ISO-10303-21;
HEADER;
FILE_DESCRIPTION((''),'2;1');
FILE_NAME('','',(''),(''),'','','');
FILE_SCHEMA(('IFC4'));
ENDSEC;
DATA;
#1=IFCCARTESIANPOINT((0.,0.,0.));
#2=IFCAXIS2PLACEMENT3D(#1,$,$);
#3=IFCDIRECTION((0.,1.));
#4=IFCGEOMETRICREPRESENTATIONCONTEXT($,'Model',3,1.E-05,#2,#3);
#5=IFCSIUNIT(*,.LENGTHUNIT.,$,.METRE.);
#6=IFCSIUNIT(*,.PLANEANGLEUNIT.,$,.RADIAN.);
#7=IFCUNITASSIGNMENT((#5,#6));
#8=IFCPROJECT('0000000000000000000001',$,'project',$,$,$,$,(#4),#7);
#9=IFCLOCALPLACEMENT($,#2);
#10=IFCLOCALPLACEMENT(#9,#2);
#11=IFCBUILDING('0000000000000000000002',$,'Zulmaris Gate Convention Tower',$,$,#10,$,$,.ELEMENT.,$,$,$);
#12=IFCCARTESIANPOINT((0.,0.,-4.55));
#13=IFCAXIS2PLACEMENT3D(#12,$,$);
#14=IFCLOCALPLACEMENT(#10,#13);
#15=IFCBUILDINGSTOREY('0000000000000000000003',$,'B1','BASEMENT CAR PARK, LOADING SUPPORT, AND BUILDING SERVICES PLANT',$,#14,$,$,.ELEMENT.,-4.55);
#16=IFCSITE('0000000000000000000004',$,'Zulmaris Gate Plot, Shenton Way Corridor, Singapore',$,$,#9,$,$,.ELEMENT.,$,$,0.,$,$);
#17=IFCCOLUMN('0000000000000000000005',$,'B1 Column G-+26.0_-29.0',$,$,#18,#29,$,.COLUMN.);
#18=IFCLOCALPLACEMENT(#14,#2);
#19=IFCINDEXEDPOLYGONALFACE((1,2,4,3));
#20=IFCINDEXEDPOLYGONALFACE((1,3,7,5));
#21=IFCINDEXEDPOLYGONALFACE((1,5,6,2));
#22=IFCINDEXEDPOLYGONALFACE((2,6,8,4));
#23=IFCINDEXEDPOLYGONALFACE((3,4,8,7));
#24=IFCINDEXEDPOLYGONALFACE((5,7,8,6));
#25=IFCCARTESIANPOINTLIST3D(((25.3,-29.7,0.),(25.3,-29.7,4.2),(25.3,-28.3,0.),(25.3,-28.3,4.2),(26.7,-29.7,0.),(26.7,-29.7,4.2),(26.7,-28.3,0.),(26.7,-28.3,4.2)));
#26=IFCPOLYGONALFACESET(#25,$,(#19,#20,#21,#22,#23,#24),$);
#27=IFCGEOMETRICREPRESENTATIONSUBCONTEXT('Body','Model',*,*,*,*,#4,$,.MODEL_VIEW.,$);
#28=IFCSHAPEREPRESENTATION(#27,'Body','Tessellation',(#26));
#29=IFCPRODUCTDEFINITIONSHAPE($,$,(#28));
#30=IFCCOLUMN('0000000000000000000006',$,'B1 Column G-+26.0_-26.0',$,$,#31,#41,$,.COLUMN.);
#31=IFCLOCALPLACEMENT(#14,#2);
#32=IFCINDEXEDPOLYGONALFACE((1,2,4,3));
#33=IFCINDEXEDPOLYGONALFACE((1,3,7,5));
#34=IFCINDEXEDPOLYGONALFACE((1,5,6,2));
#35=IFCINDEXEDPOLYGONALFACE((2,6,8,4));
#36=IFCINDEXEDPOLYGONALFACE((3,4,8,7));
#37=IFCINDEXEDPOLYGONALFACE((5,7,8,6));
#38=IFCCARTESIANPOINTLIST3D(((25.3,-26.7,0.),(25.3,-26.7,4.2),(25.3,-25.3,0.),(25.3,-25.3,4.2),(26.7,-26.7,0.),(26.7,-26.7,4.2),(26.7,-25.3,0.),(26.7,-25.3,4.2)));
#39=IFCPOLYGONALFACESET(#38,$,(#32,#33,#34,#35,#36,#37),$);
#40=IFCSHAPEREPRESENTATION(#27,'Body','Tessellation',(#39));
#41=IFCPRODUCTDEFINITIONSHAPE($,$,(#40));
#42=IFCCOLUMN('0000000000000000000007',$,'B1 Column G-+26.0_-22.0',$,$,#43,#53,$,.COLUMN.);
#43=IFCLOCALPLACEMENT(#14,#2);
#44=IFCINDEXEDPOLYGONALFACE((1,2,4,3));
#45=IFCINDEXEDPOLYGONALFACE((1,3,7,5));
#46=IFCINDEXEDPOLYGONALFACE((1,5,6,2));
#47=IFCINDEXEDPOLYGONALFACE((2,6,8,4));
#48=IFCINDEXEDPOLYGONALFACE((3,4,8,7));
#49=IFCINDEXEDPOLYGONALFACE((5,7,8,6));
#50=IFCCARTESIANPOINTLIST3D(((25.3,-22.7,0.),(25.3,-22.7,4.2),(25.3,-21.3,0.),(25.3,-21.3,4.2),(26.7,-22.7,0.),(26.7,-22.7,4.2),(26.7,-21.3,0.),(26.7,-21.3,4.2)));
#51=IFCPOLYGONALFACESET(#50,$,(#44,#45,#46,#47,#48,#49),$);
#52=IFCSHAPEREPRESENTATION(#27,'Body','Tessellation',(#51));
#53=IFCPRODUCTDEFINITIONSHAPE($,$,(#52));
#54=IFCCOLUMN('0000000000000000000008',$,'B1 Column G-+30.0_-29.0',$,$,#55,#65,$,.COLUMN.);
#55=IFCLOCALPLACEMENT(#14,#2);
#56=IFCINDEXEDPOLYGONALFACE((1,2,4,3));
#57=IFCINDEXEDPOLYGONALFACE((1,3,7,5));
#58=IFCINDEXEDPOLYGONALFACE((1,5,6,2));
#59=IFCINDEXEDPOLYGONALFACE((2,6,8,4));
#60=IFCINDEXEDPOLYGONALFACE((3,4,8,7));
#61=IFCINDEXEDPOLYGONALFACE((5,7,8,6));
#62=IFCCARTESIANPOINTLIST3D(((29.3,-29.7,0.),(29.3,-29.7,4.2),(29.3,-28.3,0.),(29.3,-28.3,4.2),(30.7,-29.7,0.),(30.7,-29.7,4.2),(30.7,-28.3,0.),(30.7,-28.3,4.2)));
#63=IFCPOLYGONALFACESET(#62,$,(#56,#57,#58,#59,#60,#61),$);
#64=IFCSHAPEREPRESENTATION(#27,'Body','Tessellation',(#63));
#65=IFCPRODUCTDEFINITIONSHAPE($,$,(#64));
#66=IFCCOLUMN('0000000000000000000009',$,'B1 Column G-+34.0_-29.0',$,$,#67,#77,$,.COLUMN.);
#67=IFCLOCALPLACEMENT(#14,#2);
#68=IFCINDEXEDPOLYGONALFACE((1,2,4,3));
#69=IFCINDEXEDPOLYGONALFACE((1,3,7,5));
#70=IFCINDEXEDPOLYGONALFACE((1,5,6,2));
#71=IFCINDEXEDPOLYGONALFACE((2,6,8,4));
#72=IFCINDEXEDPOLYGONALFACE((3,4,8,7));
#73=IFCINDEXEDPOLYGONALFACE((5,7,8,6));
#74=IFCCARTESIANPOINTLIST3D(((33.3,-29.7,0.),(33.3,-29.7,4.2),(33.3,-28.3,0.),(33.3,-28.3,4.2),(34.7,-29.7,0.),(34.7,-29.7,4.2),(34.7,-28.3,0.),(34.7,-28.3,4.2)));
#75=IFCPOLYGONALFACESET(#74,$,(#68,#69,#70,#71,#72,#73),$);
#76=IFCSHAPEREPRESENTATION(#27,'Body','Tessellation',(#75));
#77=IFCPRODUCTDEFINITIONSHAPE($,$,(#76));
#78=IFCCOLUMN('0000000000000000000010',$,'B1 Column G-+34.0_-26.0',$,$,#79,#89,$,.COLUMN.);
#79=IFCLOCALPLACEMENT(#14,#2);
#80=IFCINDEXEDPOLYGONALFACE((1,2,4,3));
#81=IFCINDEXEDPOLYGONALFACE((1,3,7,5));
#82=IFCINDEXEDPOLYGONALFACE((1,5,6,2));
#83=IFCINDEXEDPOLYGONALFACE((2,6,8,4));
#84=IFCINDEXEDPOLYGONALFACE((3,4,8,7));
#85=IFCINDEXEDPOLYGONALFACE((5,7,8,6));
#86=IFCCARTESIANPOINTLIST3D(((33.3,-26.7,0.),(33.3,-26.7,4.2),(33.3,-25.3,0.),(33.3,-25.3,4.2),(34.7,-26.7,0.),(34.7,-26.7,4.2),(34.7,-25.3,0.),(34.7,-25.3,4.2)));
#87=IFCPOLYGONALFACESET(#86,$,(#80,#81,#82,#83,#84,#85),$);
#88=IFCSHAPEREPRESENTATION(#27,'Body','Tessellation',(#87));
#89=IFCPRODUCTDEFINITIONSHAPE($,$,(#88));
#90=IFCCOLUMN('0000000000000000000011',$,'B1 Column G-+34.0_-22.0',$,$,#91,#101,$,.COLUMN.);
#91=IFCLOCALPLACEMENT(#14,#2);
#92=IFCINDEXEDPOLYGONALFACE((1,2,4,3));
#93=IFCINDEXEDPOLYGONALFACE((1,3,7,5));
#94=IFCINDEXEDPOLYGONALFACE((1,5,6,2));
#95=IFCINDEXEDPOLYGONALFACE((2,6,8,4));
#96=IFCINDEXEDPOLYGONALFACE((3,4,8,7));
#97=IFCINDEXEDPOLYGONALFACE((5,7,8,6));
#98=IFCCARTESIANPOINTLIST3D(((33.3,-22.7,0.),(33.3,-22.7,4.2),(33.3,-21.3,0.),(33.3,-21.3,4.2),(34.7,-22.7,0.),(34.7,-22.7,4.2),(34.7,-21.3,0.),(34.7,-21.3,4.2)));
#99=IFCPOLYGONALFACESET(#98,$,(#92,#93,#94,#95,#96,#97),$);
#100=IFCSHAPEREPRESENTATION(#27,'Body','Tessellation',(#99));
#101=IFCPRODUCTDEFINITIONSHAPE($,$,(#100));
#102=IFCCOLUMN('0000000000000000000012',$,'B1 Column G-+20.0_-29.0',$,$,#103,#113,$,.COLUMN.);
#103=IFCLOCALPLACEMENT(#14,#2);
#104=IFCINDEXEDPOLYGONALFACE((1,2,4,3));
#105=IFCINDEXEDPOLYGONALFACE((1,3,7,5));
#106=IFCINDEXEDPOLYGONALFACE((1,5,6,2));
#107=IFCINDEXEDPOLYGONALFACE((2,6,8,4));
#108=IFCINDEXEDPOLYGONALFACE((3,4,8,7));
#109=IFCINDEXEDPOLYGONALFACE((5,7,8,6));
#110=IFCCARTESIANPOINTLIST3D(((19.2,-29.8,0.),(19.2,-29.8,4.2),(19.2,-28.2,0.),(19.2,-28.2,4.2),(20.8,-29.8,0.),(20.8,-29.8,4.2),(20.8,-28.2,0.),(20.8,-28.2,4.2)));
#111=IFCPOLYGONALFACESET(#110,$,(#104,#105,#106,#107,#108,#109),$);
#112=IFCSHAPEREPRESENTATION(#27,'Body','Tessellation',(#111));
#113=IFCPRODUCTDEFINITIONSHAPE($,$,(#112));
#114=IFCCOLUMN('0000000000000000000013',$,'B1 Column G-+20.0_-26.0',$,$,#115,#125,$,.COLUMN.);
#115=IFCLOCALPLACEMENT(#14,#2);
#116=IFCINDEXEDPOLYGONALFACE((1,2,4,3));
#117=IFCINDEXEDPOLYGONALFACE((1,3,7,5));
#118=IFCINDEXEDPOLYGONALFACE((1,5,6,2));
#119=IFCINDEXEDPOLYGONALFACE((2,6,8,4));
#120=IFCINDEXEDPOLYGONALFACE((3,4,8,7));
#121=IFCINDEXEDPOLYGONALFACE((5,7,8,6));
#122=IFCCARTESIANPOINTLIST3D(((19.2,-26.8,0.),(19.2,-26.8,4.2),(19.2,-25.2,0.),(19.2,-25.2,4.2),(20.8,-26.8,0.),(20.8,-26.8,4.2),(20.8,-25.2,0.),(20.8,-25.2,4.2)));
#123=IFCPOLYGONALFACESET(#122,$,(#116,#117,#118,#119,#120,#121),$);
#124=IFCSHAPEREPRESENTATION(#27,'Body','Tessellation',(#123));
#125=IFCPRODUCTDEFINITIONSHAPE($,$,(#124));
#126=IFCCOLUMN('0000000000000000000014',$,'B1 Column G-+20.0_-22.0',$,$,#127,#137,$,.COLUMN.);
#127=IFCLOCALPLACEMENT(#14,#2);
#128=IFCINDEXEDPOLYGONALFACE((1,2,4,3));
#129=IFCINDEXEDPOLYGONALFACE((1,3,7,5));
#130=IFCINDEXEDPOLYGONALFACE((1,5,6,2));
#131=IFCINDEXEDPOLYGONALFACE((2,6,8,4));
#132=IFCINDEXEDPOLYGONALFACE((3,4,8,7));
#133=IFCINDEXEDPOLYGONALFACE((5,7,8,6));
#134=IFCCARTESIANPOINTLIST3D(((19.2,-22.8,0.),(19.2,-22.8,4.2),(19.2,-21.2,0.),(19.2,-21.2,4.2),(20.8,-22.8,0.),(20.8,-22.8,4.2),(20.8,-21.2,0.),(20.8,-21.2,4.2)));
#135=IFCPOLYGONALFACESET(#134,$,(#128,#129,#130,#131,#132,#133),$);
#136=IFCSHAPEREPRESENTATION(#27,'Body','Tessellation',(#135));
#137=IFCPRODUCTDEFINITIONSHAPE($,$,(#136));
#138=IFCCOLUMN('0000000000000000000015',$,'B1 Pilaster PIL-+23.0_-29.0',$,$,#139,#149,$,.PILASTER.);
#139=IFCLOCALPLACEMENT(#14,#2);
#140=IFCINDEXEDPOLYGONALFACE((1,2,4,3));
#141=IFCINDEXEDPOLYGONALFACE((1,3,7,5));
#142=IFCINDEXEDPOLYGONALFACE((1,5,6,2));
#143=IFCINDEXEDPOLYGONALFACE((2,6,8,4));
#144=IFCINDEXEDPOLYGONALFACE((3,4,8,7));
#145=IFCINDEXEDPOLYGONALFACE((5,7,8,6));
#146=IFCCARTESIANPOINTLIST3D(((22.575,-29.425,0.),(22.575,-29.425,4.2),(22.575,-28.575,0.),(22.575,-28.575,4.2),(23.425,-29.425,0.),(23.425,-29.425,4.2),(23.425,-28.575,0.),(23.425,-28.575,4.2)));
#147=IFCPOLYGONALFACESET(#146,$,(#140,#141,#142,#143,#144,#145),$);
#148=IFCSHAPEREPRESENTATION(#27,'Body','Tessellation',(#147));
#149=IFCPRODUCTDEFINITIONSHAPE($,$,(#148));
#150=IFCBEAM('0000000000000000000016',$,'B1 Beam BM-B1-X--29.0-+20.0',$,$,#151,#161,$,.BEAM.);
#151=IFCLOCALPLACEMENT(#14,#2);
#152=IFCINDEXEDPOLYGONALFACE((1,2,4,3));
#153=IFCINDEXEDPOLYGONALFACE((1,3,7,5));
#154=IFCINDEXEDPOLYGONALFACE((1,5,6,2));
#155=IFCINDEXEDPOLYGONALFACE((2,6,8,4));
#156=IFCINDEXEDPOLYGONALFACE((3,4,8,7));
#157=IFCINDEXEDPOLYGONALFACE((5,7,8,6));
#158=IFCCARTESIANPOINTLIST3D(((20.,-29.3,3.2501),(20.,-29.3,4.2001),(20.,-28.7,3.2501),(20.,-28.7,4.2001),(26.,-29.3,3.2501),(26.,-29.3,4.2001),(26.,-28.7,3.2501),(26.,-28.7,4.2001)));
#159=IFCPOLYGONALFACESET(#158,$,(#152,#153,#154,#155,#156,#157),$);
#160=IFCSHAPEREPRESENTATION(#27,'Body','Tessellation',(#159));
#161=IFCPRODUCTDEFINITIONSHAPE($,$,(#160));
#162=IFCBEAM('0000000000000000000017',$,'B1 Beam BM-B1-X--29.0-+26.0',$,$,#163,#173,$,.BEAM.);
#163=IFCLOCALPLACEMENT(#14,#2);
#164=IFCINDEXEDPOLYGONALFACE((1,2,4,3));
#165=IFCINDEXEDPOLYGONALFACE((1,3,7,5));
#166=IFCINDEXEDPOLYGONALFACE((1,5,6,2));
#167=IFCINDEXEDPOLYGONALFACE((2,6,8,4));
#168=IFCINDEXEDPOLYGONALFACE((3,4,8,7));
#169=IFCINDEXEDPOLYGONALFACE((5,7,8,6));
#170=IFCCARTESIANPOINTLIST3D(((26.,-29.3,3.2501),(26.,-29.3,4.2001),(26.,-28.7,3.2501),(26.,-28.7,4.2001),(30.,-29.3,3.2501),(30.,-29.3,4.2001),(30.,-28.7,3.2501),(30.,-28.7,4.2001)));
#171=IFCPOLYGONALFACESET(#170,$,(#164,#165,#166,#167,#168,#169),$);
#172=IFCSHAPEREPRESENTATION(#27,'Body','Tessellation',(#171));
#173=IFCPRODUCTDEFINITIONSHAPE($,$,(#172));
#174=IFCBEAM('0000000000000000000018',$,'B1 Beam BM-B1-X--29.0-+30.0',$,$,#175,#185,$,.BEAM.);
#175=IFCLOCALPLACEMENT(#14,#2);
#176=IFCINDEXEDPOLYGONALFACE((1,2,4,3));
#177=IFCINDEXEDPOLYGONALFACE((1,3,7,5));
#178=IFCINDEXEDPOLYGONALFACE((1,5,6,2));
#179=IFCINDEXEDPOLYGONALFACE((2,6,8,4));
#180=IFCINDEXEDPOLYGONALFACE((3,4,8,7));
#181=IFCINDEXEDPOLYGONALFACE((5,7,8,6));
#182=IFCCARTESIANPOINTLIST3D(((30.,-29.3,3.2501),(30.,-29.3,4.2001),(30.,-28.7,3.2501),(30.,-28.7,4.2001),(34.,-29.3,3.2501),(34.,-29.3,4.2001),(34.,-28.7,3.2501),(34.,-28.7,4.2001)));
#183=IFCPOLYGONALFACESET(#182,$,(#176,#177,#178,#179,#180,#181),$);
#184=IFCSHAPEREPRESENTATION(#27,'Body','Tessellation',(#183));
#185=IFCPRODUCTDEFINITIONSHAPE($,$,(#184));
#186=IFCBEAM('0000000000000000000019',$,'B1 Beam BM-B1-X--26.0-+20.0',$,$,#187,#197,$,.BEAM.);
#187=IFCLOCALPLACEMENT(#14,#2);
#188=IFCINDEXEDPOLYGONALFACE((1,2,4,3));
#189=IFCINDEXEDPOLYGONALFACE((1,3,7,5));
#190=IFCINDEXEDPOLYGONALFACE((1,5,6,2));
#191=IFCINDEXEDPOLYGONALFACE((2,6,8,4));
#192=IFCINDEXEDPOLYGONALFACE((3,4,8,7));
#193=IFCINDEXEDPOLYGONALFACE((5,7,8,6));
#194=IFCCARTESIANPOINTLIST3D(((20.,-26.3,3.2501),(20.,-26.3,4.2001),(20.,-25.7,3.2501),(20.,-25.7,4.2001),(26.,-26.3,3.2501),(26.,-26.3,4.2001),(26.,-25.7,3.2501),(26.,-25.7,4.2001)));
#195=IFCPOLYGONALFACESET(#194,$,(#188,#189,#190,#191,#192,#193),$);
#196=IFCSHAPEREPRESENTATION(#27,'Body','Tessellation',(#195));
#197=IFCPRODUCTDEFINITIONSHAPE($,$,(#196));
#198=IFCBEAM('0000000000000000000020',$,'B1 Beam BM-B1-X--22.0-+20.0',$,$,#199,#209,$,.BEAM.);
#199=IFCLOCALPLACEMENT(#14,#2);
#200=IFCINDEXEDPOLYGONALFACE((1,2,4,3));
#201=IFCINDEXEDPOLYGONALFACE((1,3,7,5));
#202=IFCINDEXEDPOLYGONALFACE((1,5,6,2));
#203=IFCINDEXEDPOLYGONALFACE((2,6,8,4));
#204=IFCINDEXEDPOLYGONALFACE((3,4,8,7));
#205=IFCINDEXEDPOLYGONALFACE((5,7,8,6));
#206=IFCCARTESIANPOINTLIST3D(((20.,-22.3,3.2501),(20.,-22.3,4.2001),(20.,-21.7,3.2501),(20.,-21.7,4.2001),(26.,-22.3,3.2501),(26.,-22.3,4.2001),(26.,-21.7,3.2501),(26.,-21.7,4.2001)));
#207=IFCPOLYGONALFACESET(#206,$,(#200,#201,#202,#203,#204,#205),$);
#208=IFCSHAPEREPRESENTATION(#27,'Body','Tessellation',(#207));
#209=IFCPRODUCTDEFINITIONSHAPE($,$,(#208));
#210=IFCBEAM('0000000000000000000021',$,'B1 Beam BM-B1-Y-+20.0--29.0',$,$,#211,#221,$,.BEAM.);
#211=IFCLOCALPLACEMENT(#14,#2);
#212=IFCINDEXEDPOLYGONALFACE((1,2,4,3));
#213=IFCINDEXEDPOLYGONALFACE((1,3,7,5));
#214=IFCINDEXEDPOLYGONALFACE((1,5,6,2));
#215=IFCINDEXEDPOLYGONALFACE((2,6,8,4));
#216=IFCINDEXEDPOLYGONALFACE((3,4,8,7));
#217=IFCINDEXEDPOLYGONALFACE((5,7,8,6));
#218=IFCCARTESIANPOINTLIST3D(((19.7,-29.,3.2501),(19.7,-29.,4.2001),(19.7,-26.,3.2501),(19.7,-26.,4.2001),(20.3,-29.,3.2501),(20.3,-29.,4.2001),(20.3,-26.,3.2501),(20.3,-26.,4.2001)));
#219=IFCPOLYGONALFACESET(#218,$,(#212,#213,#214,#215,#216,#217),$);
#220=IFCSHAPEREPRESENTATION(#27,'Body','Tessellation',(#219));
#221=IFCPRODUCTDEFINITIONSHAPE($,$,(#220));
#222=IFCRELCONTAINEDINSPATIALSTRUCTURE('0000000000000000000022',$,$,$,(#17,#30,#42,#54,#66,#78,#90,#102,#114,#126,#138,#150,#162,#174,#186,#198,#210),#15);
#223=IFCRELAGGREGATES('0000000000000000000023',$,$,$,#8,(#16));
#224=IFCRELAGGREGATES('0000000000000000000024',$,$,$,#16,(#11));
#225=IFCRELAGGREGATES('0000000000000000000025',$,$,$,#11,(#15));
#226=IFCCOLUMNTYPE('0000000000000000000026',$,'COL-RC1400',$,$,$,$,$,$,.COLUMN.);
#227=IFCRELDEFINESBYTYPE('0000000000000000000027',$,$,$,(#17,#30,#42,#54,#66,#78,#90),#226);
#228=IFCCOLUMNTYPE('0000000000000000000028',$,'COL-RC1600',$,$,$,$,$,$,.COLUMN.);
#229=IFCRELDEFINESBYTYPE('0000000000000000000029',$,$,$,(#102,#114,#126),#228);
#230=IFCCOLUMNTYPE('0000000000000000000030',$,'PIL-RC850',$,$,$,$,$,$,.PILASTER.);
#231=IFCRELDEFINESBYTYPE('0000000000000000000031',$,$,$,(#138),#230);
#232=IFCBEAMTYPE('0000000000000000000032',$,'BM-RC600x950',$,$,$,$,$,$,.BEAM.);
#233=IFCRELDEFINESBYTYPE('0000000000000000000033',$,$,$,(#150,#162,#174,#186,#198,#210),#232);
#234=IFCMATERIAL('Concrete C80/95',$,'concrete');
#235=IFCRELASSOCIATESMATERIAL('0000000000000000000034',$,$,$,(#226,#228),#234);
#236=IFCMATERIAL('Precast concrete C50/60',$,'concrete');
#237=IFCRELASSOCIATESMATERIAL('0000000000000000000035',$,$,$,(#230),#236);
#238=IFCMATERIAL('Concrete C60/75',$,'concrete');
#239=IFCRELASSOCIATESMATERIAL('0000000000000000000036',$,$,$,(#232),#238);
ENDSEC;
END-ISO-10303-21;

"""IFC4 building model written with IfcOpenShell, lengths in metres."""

from ifc_helpers import new_model, si_unit, direction, frame, origin, origin_2d, place, context, subcontext, project, spatial, rectangle, extrude, material, material_profile, profile_set, type_object, element, save


model = new_model("IFC4")

# Units and contexts
model_context = context("Model", 3, precision=1e-05, world=origin(), true_north=direction((0.0, 1.0)))
body_context = subcontext(model_context, "Body", "Model", "MODEL_VIEW")
ifc_project = project(units=[si_unit("LENGTHUNIT", "METRE"), si_unit("PLANEANGLEUNIT", "RADIAN")], contexts=[model_context])

# Site, building, storey
site_placement = place(None, origin())
site = spatial("IfcSite", under=ifc_project, at=site_placement, Name="Zulmaris Gate Plot, Shenton Way Corridor, Singapore", CompositionType="ELEMENT", RefElevation=0.0)
building_placement = place(site_placement, origin())
building = spatial("IfcBuilding", under=site, at=building_placement, Name="Zulmaris Gate Convention Tower", CompositionType="ELEMENT")
storey_placement = place(building_placement, frame((0.0, 0.0, -4.55)))
storey = spatial("IfcBuildingStorey", under=building, at=storey_placement, Name="B1", Description="BASEMENT CAR PARK, LOADING SUPPORT, AND BUILDING SERVICES PLANT", CompositionType="ELEMENT", Elevation=-4.55)

# Columns
ifc_material_1 = material(Name="Concrete C80/95", Category="concrete")
ifc_material_profile_1 = material_profile(ifc_material_1, rectangle(XDim=1.3999, YDim=1.3999, at=origin_2d()), Name="RC COL 1400x1400")
ifc_profile_set_1 = profile_set([ifc_material_profile_1], Name="Concrete C80/95")
column_type_1 = type_object("IfcColumnType", Name="COL-RC1400", PredefinedType="COLUMN", material=ifc_profile_set_1)
for number, where, z_axis, x_axis, name in (
    (1, (26.0, -29.0, 0.0), (0.0, 0.0, 1.0), (1.0, 0.0, 0.0), "B1 Column G-+26.0_-29.0"),
    (2, (26.0, -26.0, 0.0), (0.0, 0.0, 1.0), (1.0, 0.0, 0.0), "B1 Column G-+26.0_-26.0"),
    (3, (26.0, -22.0, 0.0), (0.0, 0.0, 1.0), (1.0, 0.0, 0.0), "B1 Column G-+26.0_-22.0"),
    (4, (30.0, -29.0, 0.0), (0.0, 0.0, 1.0), (1.0, 0.0, 0.0), "B1 Column G-+30.0_-29.0"),
    (5, (34.0, -29.0, 0.0), (0.0, 0.0, 1.0), (1.0, 0.0, 0.0), "B1 Column G-+34.0_-29.0"),
    (6, (34.0, -26.0, 0.0), (0.0, 0.0, 1.0), (1.0, 0.0, 0.0), "B1 Column G-+34.0_-26.0"),
    (7, (34.0, -22.0, 0.0), (0.0, 0.0, 1.0), (1.0, 0.0, 0.0), "B1 Column G-+34.0_-22.0"),
):
    element("IfcColumn", number, at=place(storey_placement, frame(where, z_axis=z_axis, x_axis=x_axis)), inside=storey, type_object=column_type_1, Name=name, PredefinedType="COLUMN", context=body_context, shape_type="SweptSolid", body=[
        extrude(rectangle(XDim=1.3999, YDim=1.3999, at=origin_2d()), origin(), (0.0, 0.0, 1.0), 4.2),
    ])
ifc_material_profile_2 = material_profile(ifc_material_1, rectangle(XDim=1.6001, YDim=1.6001, at=origin_2d()), Name="RC COL 1600x1600")
ifc_profile_set_2 = profile_set([ifc_material_profile_2], Name="Concrete C80/95")
column_type_2 = type_object("IfcColumnType", Name="COL-RC1600", PredefinedType="COLUMN", material=ifc_profile_set_2)
for number, where, z_axis, x_axis, name in (
    (8, (20.0, -29.0, 0.0), (0.0, 0.0, 1.0), (1.0, 0.0, 0.0), "B1 Column G-+20.0_-29.0"),
    (9, (20.0, -26.0, 0.0), (0.0, 0.0, 1.0), (1.0, 0.0, 0.0), "B1 Column G-+20.0_-26.0"),
    (10, (20.0, -22.0, 0.0), (0.0, 0.0, 1.0), (1.0, 0.0, 0.0), "B1 Column G-+20.0_-22.0"),
):
    element("IfcColumn", number, at=place(storey_placement, frame(where, z_axis=z_axis, x_axis=x_axis)), inside=storey, type_object=column_type_2, Name=name, PredefinedType="COLUMN", context=body_context, shape_type="SweptSolid", body=[
        extrude(rectangle(XDim=1.6001, YDim=1.6001, at=origin_2d()), origin(), (0.0, 0.0, 1.0), 4.2),
    ])
ifc_material_2 = material(Name="Precast concrete C50/60", Category="concrete")
ifc_material_profile_3 = material_profile(ifc_material_2, rectangle(XDim=0.8501, YDim=0.8501, at=origin_2d()), Name="RC COL 850x850")
ifc_profile_set_3 = profile_set([ifc_material_profile_3], Name="Precast concrete C50/60")
column_type_3 = type_object("IfcColumnType", Name="PIL-RC850", PredefinedType="PILASTER", material=ifc_profile_set_3)
column_placement = place(storey_placement, frame((23.0, -29.0, 0.0), z_axis=(0.0, 0.0, 1.0), x_axis=(1.0, 0.0, 0.0)))
element("IfcColumn", 11, at=column_placement, inside=storey, type_object=column_type_3, Name="B1 Pilaster PIL-+23.0_-29.0", PredefinedType="PILASTER", context=body_context, shape_type="SweptSolid", body=[
    extrude(rectangle(XDim=0.8501, YDim=0.8501, at=origin_2d()), origin(), (0.0, 0.0, 1.0), 4.2),
])

# Beams
ifc_material_3 = material(Name="Concrete C60/75", Category="concrete")
ifc_material_profile_4 = material_profile(ifc_material_3, rectangle(XDim=0.6001, YDim=0.95, at=origin_2d()), Name="RC BEAM 600x950")
ifc_profile_set_4 = profile_set([ifc_material_profile_4], Name="Concrete C60/75")
beam_type = type_object("IfcBeamType", Name="BM-RC600x950", PredefinedType="BEAM", material=ifc_profile_set_4)
beam_1_placement = place(storey_placement, frame((20.0, -29.0, 3.7251), z_axis=(1.0, 0.0, 0.0), x_axis=(0.0, 1.0, 0.0)))
element("IfcBeam", 12, at=beam_1_placement, inside=storey, type_object=beam_type, Name="B1 Beam BM-B1-X--29.0-+20.0", PredefinedType="BEAM", context=body_context, shape_type="SweptSolid", body=[
    extrude(rectangle(XDim=0.6001, YDim=0.95, at=origin_2d()), origin(), (0.0, 0.0, 1.0), 6.0),
])
for number, where, z_axis, x_axis, name in (
    (13, (26.0, -29.0, 3.7251), (1.0, 0.0, 0.0), (0.0, 1.0, 0.0), "B1 Beam BM-B1-X--29.0-+26.0"),
    (14, (30.0, -29.0, 3.7251), (1.0, 0.0, 0.0), (0.0, 1.0, 0.0), "B1 Beam BM-B1-X--29.0-+30.0"),
):
    element("IfcBeam", number, at=place(storey_placement, frame(where, z_axis=z_axis, x_axis=x_axis)), inside=storey, type_object=beam_type, Name=name, PredefinedType="BEAM", context=body_context, shape_type="SweptSolid", body=[
        extrude(rectangle(XDim=0.6001, YDim=0.95, at=origin_2d()), origin(), (0.0, 0.0, 1.0), 4.0),
    ])
for number, where, z_axis, x_axis, name in (
    (15, (20.0, -26.0, 3.7251), (1.0, 0.0, 0.0), (0.0, 1.0, 0.0), "B1 Beam BM-B1-X--26.0-+20.0"),
    (16, (20.0, -22.0, 3.7251), (1.0, 0.0, 0.0), (0.0, 1.0, 0.0), "B1 Beam BM-B1-X--22.0-+20.0"),
):
    element("IfcBeam", number, at=place(storey_placement, frame(where, z_axis=z_axis, x_axis=x_axis)), inside=storey, type_object=beam_type, Name=name, PredefinedType="BEAM", context=body_context, shape_type="SweptSolid", body=[
        extrude(rectangle(XDim=0.6001, YDim=0.95, at=origin_2d()), origin(), (0.0, 0.0, 1.0), 6.0),
    ])
beam_2_placement = place(storey_placement, frame((20.0, -29.0, 3.7251), z_axis=(0.0, 1.0, 0.0), x_axis=(-1.0, 0.0, 0.0)))
element("IfcBeam", 17, at=beam_2_placement, inside=storey, type_object=beam_type, Name="B1 Beam BM-B1-Y-+20.0--29.0", PredefinedType="BEAM", context=body_context, shape_type="SweptSolid", body=[
    extrude(rectangle(XDim=0.6001, YDim=0.95, at=origin_2d()), origin(), (0.0, 0.0, 1.0), 3.0),
])

save(model, "model.ifc")
